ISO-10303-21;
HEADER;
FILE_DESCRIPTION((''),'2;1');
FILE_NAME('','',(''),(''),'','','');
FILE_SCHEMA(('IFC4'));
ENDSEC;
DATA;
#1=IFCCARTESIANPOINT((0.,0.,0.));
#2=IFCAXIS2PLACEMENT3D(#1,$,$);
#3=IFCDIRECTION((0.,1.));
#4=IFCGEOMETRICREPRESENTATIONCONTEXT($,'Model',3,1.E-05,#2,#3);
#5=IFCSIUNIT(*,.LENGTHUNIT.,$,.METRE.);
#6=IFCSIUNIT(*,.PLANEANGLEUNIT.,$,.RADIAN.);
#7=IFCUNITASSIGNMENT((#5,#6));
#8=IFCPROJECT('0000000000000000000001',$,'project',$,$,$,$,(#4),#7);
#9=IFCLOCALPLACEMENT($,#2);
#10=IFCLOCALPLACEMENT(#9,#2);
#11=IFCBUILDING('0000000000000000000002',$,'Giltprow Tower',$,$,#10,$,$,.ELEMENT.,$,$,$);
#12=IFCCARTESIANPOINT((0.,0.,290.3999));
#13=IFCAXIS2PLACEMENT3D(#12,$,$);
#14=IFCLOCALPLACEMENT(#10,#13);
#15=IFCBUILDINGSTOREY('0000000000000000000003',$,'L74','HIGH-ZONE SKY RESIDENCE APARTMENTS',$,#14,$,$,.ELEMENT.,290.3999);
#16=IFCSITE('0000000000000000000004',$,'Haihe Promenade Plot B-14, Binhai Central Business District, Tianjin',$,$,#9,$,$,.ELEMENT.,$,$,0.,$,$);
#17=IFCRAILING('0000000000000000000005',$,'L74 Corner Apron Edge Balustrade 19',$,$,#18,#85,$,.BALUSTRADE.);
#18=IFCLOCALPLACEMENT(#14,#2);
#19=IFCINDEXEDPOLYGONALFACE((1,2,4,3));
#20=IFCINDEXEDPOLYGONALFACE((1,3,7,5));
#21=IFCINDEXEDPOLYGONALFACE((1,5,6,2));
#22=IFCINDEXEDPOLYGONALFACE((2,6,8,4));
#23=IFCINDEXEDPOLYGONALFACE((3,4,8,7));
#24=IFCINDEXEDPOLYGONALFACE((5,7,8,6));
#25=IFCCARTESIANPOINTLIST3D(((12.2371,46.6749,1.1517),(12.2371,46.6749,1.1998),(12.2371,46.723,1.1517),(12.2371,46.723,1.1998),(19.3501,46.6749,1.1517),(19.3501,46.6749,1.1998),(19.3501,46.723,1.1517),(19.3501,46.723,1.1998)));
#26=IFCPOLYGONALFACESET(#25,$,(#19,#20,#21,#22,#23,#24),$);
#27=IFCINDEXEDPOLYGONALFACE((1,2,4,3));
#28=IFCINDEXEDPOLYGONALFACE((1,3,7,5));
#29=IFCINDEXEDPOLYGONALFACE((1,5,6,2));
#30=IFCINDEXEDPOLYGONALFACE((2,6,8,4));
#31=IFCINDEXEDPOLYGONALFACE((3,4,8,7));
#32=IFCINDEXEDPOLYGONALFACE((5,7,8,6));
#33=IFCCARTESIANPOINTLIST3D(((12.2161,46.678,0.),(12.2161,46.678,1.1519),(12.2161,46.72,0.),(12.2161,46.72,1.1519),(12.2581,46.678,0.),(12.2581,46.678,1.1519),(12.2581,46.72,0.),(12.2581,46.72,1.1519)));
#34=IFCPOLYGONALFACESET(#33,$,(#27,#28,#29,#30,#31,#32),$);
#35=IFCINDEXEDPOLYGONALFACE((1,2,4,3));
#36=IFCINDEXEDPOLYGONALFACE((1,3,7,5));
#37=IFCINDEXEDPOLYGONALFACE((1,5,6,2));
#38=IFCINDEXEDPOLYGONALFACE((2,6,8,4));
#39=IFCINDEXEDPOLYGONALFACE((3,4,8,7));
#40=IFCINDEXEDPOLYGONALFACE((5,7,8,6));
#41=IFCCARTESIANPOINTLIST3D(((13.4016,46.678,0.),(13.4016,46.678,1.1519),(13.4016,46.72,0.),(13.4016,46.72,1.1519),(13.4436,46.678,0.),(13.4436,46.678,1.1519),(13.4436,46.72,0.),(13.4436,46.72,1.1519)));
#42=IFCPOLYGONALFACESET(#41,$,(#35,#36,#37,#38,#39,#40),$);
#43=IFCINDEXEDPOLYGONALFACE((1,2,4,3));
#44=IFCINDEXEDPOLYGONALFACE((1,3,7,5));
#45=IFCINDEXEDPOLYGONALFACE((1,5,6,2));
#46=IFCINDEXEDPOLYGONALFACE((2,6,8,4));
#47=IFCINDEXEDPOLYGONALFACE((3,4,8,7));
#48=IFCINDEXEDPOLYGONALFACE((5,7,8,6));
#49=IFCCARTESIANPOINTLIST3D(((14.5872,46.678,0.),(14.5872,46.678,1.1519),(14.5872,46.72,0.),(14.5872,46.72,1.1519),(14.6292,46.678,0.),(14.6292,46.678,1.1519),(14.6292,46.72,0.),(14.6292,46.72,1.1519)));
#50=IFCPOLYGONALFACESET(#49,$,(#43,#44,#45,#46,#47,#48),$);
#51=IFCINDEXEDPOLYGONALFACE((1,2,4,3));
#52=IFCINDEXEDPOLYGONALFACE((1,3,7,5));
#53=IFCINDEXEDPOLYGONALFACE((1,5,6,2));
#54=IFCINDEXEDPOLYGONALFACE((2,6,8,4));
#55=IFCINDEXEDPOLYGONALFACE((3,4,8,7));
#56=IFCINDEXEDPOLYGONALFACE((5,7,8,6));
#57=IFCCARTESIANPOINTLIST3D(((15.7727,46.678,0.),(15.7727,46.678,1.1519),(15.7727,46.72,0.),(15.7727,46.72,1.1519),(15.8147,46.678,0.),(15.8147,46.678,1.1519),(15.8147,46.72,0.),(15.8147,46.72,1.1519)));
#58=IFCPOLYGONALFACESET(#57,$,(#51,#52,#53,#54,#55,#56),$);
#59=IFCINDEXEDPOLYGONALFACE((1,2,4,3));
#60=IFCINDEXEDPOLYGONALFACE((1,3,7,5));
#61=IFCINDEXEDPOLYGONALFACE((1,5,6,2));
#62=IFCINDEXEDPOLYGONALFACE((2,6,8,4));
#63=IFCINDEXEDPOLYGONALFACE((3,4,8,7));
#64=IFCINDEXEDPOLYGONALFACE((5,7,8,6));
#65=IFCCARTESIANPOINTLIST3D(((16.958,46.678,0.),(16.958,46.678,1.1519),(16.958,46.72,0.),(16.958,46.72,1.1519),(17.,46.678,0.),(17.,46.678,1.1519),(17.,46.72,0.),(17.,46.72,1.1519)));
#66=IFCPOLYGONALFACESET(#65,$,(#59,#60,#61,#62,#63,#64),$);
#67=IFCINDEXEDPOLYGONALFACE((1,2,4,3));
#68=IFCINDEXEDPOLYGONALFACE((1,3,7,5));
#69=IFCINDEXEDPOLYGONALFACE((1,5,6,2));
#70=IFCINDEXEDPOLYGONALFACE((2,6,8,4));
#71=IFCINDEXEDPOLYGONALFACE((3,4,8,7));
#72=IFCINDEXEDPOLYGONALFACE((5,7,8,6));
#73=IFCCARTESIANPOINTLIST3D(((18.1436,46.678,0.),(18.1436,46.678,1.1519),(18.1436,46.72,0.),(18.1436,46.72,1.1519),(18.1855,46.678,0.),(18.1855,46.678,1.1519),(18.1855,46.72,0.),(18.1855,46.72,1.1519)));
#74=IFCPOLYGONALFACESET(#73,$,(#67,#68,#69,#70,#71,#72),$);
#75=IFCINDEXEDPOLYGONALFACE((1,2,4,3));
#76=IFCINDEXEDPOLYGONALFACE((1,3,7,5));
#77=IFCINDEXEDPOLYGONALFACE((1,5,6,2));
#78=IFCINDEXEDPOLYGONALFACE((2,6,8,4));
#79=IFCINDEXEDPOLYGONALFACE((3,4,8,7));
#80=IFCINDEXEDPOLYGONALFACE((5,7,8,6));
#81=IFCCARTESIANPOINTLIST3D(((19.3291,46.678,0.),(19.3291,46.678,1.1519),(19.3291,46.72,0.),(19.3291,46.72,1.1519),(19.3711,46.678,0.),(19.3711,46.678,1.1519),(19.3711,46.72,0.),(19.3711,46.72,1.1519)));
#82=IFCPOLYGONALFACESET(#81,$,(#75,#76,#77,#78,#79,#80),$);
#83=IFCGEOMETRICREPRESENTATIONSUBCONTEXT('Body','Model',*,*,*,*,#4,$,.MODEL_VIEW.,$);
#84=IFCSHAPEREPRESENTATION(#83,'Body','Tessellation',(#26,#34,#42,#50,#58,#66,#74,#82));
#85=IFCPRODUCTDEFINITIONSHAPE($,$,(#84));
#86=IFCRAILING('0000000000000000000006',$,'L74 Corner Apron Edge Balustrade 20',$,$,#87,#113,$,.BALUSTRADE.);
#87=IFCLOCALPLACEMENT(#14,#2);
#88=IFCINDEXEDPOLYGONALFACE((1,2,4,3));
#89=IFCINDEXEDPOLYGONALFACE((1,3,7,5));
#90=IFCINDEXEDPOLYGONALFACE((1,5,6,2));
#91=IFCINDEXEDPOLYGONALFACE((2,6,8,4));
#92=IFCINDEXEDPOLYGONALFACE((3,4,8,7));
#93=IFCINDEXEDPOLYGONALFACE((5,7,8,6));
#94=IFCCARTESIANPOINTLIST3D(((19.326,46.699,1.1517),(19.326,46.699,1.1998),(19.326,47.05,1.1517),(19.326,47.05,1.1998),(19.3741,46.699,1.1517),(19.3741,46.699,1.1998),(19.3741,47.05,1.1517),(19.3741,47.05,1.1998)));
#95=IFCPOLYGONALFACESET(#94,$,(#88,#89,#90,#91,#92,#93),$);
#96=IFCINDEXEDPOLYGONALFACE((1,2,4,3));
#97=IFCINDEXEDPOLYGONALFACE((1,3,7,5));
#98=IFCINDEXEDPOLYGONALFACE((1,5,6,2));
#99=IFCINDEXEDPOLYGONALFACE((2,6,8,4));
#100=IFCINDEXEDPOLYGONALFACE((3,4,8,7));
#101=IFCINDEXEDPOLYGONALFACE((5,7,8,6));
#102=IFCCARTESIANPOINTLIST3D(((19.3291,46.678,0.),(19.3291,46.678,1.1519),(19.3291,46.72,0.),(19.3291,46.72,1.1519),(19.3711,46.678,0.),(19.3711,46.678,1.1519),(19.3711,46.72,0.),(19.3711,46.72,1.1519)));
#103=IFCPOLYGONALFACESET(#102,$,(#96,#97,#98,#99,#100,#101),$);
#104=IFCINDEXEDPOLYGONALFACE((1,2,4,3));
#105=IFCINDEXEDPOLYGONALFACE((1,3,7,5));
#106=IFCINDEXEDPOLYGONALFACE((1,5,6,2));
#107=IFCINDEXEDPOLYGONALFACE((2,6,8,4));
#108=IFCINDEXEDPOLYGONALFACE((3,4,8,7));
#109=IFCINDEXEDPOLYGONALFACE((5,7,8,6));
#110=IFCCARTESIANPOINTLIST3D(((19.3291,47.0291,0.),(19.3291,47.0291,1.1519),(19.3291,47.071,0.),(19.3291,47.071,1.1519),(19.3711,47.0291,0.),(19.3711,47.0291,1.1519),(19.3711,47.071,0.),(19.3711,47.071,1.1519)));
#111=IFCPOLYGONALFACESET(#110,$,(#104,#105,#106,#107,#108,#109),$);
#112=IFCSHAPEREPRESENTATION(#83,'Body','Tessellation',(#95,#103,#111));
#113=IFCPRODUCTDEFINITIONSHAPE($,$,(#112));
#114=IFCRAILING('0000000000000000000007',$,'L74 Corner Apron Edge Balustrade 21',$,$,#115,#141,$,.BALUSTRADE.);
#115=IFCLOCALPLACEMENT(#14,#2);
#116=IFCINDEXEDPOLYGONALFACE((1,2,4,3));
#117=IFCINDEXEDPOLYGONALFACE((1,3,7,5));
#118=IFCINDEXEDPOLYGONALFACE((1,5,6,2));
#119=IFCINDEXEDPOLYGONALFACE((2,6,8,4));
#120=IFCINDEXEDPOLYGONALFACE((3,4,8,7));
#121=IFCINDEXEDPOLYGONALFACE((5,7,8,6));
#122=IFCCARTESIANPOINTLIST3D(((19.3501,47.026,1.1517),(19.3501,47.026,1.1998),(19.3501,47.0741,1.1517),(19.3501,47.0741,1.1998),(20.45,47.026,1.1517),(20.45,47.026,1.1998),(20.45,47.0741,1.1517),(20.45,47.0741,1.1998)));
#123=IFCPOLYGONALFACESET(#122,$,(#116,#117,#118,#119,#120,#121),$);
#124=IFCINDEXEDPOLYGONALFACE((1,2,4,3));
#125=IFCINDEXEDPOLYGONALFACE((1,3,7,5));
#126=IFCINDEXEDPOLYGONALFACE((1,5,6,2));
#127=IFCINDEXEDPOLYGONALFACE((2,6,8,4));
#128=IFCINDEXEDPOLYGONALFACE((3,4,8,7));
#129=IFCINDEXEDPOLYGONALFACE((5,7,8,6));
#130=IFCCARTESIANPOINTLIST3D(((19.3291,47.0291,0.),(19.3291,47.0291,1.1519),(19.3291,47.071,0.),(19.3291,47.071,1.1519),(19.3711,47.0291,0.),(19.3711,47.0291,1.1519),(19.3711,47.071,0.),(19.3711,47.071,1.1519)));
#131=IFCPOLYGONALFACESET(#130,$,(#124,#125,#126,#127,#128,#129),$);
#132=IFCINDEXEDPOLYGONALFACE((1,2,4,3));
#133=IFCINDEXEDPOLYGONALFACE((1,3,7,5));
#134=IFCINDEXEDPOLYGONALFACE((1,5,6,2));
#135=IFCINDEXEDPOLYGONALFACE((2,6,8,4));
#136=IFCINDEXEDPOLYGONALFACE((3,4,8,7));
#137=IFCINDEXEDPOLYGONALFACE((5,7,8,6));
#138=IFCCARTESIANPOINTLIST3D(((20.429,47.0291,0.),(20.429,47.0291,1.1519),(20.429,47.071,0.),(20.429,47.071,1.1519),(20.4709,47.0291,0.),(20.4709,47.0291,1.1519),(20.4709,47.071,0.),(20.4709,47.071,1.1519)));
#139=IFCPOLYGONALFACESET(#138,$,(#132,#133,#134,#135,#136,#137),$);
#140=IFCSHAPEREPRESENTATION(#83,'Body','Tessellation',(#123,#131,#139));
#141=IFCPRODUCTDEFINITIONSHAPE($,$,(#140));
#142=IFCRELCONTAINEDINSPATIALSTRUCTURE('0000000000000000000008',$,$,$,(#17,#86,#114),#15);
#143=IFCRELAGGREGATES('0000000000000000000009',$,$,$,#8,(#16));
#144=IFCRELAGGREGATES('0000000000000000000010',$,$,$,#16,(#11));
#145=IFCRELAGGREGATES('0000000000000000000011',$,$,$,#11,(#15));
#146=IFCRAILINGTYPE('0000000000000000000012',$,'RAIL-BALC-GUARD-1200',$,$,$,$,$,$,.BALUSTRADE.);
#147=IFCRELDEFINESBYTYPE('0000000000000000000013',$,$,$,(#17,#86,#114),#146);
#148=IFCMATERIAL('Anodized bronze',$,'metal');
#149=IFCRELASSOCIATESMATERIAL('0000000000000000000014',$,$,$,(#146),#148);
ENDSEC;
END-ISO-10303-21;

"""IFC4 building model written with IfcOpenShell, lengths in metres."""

from ifc_helpers import new_model, si_unit, direction, frame, origin, origin_2d, place, context, subcontext, project, spatial, rectangle, extrude, material, type_object, element, save


model = new_model("IFC4")

# Units and contexts
model_context = context("Model", 3, precision=1e-05, world=origin(), true_north=direction((0.0, 1.0)))
body_context = subcontext(model_context, "Body", "Model", "MODEL_VIEW")
ifc_project = project(units=[si_unit("LENGTHUNIT", "METRE"), si_unit("PLANEANGLEUNIT", "RADIAN")], contexts=[model_context])

# Site, building, storey
site_placement = place(None, origin())
site = spatial("IfcSite", under=ifc_project, at=site_placement, Name="Haihe Promenade Plot B-14, Binhai Central Business District, Tianjin", CompositionType="ELEMENT", RefElevation=0.0)
building_placement = place(site_placement, origin())
building = spatial("IfcBuilding", under=site, at=building_placement, Name="Giltprow Tower", CompositionType="ELEMENT")
storey_placement = place(building_placement, frame((0.0, 0.0, 290.3999)))
storey = spatial("IfcBuildingStorey", under=building, at=storey_placement, Name="L74", Description="HIGH-ZONE SKY RESIDENCE APARTMENTS", CompositionType="ELEMENT", Elevation=290.3999)

# Railings
ifc_material_1 = material(Name="Anodized bronze", Category="metal")
railing_type = type_object("IfcRailingType", Name="RAIL-BALC-GUARD-1200", PredefinedType="BALUSTRADE", material=ifc_material_1)
railing_1_placement = place(storey_placement, frame((12.2371, 46.699, 0.0)))
element("IfcRailing", 1, at=railing_1_placement, inside=storey, type_object=railing_type, Name="L74 Corner Apron Edge Balustrade 19", PredefinedType="BALUSTRADE", context=body_context, shape_type="SweptSolid", body=[
    extrude(rectangle(XDim=0.0481, YDim=0.0481, at=origin_2d()), frame((0.0, 0.0, 1.1758), z_axis=(1.0, 0.0, 0.0), x_axis=(0.0, 1.0, 0.0)), (0.0, 0.0, 1.0), 7.113),
    extrude(rectangle(XDim=0.042, YDim=0.042, at=origin_2d()), origin(), (0.0, 0.0, 1.0), 1.1519),
    extrude(rectangle(XDim=0.042, YDim=0.042, at=origin_2d()), frame((1.1855, 0.0, 0.0)), (0.0, 0.0, 1.0), 1.1519),
    extrude(rectangle(XDim=0.042, YDim=0.042, at=origin_2d()), frame((2.3711, 0.0, 0.0)), (0.0, 0.0, 1.0), 1.1519),
    extrude(rectangle(XDim=0.042, YDim=0.042, at=origin_2d()), frame((3.5566, 0.0, 0.0)), (0.0, 0.0, 1.0), 1.1519),
    extrude(rectangle(XDim=0.042, YDim=0.042, at=origin_2d()), frame((4.7419, 0.0, 0.0)), (0.0, 0.0, 1.0), 1.1519),
    extrude(rectangle(XDim=0.042, YDim=0.042, at=origin_2d()), frame((5.9275, 0.0, 0.0)), (0.0, 0.0, 1.0), 1.1519),
    extrude(rectangle(XDim=0.042, YDim=0.042, at=origin_2d()), frame((7.113, 0.0, 0.0)), (0.0, 0.0, 1.0), 1.1519),
])
railing_2_placement = place(storey_placement, frame((19.3501, 46.699, 0.0)))
element("IfcRailing", 2, at=railing_2_placement, inside=storey, type_object=railing_type, Name="L74 Corner Apron Edge Balustrade 20", PredefinedType="BALUSTRADE", context=body_context, shape_type="SweptSolid", body=[
    extrude(rectangle(XDim=0.0481, YDim=0.0481, at=origin_2d()), frame((0.0, 0.0, 1.1758), z_axis=(0.0, 1.0, 0.0), x_axis=(-1.0, 0.0, 0.0)), (0.0, 0.0, 1.0), 0.3511),
    extrude(rectangle(XDim=0.042, YDim=0.042, at=origin_2d()), origin(), (0.0, 0.0, 1.0), 1.1519),
    extrude(rectangle(XDim=0.042, YDim=0.042, at=origin_2d()), frame((0.0, 0.3511, 0.0)), (0.0, 0.0, 1.0), 1.1519),
])
railing_3_placement = place(storey_placement, frame((19.3501, 47.05, 0.0)))
element("IfcRailing", 3, at=railing_3_placement, inside=storey, type_object=railing_type, Name="L74 Corner Apron Edge Balustrade 21", PredefinedType="BALUSTRADE", context=body_context, shape_type="SweptSolid", body=[
    extrude(rectangle(XDim=0.0481, YDim=0.0481, at=origin_2d()), frame((0.0, 0.0, 1.1758), z_axis=(1.0, 0.0, 0.0), x_axis=(0.0, 1.0, 0.0)), (0.0, 0.0, 1.0), 1.0999),
    extrude(rectangle(XDim=0.042, YDim=0.042, at=origin_2d()), origin(), (0.0, 0.0, 1.0), 1.1519),
    extrude(rectangle(XDim=0.042, YDim=0.042, at=origin_2d()), frame((1.0999, 0.0, 0.0)), (0.0, 0.0, 1.0), 1.1519),
])

save(model, "model.ifc")
